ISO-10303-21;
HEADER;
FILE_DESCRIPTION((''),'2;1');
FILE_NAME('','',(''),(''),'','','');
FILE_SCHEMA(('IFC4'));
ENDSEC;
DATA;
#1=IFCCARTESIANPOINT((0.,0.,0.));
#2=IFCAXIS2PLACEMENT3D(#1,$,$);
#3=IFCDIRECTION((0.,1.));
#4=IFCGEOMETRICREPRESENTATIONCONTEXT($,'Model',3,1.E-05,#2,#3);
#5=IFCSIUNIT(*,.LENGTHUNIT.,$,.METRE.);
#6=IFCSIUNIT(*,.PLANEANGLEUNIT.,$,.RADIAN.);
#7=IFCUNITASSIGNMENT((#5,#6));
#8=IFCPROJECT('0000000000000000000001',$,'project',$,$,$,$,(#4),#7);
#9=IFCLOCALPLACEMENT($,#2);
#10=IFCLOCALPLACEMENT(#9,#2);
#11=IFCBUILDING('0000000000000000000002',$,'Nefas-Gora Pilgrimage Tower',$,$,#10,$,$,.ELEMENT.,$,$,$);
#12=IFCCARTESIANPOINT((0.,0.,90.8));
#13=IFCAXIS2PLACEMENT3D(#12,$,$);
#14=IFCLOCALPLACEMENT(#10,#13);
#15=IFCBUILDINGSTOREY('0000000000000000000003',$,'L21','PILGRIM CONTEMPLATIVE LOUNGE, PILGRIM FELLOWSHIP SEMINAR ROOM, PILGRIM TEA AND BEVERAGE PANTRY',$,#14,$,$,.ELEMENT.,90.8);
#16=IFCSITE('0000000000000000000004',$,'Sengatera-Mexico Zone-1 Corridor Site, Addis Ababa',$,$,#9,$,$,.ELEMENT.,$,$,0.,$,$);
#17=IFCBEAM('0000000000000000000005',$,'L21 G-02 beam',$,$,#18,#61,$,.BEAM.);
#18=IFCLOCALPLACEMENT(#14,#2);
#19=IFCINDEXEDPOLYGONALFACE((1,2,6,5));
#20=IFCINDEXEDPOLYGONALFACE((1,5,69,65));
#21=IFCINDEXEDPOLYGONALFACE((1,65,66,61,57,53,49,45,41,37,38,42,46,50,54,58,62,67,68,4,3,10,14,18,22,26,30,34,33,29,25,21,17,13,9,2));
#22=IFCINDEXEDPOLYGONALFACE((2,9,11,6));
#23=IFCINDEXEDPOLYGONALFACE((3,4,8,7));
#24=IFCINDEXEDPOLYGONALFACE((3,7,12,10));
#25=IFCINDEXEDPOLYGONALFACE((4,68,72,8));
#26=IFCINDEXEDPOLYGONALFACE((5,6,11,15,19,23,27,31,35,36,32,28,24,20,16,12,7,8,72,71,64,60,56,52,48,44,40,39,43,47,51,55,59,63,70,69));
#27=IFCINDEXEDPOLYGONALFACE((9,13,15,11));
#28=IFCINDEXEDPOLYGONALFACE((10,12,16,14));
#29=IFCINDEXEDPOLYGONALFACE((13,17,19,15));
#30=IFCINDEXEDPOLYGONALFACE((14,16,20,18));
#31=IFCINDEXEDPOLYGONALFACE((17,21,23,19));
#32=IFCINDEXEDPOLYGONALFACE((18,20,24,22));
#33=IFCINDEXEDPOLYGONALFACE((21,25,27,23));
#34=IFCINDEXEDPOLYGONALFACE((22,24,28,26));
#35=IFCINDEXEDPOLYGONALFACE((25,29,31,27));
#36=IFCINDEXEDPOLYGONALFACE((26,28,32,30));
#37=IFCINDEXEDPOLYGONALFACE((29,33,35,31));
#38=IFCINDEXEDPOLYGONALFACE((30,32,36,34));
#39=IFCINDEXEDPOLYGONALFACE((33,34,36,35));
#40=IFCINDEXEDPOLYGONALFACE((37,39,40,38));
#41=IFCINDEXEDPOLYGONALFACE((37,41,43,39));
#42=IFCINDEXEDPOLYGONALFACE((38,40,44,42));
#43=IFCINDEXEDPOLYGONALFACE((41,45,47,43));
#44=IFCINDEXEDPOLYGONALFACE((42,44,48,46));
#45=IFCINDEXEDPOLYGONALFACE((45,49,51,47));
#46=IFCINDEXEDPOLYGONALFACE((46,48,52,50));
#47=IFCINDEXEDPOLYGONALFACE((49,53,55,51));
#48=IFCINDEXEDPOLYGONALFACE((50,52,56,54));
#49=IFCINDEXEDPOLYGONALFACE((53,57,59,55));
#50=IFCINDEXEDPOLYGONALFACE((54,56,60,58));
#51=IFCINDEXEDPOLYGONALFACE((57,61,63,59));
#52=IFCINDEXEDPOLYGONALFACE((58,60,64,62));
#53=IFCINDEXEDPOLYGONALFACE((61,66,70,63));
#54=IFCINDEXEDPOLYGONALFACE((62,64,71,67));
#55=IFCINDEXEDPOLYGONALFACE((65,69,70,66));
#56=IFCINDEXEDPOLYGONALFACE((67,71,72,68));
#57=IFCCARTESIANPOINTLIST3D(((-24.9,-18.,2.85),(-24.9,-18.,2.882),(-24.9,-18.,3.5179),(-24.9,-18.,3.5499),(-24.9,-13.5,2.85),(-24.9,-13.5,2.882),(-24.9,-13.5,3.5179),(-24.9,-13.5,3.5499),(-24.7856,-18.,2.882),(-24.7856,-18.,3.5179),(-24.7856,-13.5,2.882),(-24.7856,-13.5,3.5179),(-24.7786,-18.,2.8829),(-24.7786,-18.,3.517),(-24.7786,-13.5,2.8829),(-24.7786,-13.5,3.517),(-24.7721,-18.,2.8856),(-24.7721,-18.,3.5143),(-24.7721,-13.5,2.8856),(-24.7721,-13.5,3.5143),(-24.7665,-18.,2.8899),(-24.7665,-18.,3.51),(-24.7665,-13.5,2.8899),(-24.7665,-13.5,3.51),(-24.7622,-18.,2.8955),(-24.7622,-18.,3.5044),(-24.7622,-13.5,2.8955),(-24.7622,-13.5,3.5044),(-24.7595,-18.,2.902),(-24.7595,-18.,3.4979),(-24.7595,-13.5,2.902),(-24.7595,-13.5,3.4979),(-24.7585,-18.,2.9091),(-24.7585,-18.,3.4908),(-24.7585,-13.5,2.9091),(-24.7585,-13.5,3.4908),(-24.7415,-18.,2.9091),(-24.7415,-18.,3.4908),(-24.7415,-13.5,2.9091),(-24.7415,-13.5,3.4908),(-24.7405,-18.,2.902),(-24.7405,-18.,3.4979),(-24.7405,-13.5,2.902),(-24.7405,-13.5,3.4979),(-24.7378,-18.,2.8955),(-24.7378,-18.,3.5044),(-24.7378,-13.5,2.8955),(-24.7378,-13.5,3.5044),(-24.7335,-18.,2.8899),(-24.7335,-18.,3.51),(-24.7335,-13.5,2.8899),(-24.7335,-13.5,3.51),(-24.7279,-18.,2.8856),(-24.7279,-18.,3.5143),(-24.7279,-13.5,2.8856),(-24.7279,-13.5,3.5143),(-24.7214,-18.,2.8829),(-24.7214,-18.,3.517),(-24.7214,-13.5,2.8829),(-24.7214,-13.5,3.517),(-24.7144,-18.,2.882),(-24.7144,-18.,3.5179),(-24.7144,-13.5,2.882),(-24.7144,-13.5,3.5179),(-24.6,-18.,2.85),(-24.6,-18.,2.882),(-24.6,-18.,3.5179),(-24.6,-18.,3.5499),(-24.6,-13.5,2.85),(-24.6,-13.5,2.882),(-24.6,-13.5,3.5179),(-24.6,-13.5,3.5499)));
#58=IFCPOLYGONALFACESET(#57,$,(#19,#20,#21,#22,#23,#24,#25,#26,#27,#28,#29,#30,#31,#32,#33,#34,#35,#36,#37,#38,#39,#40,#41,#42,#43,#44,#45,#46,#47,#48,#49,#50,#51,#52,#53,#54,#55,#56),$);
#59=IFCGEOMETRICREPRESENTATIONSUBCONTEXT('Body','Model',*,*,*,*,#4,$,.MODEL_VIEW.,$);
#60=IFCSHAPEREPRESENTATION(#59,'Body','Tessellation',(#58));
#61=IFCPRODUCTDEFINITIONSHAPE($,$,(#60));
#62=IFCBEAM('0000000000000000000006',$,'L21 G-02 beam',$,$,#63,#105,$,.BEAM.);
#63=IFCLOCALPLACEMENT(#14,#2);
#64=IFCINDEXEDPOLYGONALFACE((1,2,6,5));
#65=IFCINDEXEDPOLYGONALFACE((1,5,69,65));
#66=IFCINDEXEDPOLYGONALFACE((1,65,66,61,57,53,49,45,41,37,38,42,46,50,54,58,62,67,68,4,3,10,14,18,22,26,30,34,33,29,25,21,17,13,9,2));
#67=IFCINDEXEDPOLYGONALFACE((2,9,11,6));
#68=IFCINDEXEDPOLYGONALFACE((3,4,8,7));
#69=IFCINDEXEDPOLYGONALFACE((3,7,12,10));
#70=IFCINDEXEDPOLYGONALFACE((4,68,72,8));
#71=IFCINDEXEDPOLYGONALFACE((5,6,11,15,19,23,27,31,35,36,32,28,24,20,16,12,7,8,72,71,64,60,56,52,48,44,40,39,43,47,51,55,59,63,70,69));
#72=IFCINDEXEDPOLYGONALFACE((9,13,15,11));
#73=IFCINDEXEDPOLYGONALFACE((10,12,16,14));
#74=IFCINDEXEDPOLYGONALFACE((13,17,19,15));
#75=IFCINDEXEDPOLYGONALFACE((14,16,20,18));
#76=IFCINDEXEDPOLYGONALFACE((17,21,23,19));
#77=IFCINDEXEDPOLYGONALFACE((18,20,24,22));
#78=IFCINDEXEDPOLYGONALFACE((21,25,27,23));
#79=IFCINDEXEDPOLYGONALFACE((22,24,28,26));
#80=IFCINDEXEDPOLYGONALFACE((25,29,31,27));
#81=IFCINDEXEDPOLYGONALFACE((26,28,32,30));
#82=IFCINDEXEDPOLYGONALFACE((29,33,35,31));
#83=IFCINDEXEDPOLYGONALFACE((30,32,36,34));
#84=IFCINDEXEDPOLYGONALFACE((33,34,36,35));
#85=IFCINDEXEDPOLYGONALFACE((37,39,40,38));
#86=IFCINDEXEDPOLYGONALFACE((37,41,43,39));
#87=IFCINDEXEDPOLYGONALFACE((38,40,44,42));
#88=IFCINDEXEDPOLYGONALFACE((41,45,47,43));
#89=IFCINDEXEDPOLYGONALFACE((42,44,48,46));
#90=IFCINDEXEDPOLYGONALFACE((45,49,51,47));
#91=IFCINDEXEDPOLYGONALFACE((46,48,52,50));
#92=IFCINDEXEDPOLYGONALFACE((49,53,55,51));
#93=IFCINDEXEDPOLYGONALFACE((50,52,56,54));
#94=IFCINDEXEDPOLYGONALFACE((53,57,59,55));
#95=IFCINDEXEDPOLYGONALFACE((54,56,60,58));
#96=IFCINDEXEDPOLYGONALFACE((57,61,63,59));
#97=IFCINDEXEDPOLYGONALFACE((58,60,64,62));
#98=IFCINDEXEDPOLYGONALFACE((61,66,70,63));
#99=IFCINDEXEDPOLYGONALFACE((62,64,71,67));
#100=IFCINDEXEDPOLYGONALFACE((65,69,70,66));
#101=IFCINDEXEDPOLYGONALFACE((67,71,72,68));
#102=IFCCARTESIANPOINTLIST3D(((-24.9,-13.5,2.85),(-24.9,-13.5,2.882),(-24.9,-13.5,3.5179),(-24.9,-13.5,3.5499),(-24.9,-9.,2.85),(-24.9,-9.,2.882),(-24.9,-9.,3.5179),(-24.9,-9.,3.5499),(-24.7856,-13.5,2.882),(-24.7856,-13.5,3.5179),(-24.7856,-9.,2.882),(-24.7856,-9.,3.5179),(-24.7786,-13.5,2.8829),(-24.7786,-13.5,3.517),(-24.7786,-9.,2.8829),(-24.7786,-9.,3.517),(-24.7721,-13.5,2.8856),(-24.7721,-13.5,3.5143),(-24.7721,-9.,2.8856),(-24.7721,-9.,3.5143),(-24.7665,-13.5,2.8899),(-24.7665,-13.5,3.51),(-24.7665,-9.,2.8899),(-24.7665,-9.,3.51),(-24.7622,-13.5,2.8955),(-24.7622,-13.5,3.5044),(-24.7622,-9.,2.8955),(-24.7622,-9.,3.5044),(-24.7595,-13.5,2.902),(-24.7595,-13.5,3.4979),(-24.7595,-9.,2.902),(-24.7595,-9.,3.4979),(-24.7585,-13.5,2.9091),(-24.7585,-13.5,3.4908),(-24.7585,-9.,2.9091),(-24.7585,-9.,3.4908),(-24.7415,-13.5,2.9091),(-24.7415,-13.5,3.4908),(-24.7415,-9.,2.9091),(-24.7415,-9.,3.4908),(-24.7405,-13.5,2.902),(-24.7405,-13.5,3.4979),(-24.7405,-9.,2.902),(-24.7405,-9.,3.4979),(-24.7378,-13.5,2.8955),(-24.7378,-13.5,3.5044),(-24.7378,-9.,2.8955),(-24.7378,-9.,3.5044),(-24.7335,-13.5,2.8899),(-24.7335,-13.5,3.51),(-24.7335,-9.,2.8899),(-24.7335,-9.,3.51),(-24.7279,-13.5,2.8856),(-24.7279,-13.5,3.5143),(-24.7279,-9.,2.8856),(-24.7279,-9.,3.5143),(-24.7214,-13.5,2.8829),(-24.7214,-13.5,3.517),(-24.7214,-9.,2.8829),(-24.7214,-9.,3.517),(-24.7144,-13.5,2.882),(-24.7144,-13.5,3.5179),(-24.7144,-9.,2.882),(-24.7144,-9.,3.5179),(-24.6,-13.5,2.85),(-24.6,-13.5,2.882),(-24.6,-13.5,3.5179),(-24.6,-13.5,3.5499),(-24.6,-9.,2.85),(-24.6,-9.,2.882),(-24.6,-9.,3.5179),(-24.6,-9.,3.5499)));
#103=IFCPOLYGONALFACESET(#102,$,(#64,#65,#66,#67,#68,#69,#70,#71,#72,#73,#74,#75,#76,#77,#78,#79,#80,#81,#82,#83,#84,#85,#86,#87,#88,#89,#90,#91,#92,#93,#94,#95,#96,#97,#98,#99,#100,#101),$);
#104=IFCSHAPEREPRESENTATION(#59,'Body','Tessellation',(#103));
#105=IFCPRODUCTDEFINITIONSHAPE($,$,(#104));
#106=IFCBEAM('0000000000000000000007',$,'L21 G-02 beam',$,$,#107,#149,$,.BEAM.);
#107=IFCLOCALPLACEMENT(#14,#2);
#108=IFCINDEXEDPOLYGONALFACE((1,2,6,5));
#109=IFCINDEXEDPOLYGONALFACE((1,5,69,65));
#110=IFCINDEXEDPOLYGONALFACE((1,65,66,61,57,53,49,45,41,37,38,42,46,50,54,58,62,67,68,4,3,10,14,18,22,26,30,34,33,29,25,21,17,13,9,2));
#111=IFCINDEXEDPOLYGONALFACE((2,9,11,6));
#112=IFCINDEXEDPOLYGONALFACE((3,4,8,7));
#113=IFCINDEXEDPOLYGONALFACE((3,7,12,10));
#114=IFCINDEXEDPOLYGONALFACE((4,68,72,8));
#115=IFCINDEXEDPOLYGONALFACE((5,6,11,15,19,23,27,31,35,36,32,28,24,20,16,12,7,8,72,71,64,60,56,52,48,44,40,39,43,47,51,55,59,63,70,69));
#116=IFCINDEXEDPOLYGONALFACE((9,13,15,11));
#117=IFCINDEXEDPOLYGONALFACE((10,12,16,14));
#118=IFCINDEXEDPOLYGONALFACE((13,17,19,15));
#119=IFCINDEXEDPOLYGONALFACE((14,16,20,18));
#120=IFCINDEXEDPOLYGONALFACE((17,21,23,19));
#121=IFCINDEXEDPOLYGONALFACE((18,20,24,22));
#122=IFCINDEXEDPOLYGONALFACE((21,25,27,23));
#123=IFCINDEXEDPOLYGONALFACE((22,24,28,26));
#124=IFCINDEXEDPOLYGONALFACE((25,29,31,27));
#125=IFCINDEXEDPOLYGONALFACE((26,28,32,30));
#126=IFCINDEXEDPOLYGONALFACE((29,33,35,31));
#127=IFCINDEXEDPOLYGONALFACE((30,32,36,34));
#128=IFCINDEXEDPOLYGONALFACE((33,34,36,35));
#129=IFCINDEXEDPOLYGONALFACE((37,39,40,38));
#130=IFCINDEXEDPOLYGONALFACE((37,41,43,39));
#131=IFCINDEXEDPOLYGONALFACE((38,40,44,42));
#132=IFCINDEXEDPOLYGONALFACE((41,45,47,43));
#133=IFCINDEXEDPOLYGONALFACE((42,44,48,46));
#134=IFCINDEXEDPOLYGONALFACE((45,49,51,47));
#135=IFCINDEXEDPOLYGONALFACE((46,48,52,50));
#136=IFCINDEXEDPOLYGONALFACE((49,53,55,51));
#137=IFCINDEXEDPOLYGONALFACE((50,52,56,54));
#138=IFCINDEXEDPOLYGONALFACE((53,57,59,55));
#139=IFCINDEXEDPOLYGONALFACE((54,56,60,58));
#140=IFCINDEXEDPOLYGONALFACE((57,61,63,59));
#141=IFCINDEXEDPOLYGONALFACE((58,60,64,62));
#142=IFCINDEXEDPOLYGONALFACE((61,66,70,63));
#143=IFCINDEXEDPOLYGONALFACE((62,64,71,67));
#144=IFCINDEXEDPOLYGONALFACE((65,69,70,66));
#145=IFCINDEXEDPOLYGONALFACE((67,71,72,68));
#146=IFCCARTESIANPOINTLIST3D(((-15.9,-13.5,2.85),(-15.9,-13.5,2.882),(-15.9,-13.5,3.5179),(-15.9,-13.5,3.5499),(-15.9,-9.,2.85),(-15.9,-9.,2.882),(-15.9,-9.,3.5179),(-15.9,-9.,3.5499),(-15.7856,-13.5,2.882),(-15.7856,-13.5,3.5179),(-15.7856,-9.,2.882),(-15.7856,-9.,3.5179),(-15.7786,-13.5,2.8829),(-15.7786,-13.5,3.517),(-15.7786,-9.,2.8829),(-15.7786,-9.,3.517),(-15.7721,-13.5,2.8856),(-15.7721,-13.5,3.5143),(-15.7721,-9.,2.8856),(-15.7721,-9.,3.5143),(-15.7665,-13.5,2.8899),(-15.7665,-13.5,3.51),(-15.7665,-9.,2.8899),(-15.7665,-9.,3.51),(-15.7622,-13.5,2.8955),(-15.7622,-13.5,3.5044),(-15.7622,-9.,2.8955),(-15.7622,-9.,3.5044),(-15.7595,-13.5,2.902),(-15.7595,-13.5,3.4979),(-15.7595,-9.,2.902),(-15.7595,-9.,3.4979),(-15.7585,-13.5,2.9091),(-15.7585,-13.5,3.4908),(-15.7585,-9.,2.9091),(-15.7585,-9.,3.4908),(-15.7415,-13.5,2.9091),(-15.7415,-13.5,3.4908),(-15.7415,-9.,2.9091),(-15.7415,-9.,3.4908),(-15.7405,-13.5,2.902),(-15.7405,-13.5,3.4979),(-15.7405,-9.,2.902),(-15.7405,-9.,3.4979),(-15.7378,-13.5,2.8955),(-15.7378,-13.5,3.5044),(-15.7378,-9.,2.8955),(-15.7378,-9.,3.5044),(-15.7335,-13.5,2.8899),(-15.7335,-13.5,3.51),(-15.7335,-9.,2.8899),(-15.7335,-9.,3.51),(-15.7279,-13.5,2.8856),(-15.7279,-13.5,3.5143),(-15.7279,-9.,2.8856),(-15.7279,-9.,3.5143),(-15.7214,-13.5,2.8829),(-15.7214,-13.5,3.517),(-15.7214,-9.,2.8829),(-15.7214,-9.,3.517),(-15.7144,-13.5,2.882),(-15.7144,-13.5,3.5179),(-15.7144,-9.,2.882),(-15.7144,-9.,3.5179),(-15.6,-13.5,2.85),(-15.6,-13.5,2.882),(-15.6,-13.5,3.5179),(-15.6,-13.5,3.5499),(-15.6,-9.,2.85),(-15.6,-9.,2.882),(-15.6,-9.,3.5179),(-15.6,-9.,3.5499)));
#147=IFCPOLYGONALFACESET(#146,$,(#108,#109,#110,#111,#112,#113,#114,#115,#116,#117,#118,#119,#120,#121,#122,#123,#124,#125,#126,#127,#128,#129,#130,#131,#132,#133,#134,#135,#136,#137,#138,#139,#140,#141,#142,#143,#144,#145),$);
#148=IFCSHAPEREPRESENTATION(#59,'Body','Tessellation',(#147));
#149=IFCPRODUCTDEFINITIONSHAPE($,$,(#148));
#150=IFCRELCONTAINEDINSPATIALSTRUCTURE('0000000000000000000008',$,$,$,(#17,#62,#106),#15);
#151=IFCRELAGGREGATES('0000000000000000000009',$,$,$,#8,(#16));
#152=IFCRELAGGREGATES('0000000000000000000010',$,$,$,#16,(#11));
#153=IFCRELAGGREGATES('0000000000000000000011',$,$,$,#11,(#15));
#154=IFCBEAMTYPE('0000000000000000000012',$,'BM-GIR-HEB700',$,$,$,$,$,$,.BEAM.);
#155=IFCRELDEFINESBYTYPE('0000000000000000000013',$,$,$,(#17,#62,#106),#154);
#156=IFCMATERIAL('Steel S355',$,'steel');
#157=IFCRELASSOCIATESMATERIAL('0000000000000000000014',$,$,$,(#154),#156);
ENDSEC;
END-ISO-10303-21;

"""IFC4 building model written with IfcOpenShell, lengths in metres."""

from ifc_helpers import new_model, si_unit, direction, frame, origin, origin_2d, place, context, subcontext, project, spatial, i_section, extrude, source, transform, mapped, material, material_profile, profile_set, type_object, element, save


model = new_model("IFC4")

# Units and contexts
model_context = context("Model", 3, precision=1e-05, world=origin(), true_north=direction((0.0, 1.0)))
body_context = subcontext(model_context, "Body", "Model", "MODEL_VIEW")
ifc_project = project(units=[si_unit("LENGTHUNIT", "METRE"), si_unit("PLANEANGLEUNIT", "RADIAN")], contexts=[model_context])

# Site, building, storey
site_placement = place(None, origin())
site = spatial("IfcSite", under=ifc_project, at=site_placement, Name="Sengatera-Mexico Zone-1 Corridor Site, Addis Ababa", CompositionType="ELEMENT", RefElevation=0.0)
building_placement = place(site_placement, origin())
building = spatial("IfcBuilding", under=site, at=building_placement, Name="Nefas-Gora Pilgrimage Tower", CompositionType="ELEMENT")
storey_placement = place(building_placement, frame((0.0, 0.0, 90.8)))
storey = spatial("IfcBuildingStorey", under=building, at=storey_placement, Name="L21", Description="PILGRIM CONTEMPLATIVE LOUNGE, PILGRIM FELLOWSHIP SEMINAR ROOM, PILGRIM TEA AND BEVERAGE PANTRY", CompositionType="ELEMENT", Elevation=90.8)

# Beams
ifc_material_1 = material(Name="Steel S355", Category="steel")
ifc_material_profile_1 = material_profile(ifc_material_1, i_section(OverallWidth=0.3, OverallDepth=0.7, WebThickness=0.0171, FlangeThickness=0.032, FilletRadius=0.0271, at=origin_2d()), Name="HEB 700")
ifc_profile_set_1 = profile_set([ifc_material_profile_1], Name="Steel S355")
beam_type_1 = type_object("IfcBeamType", Name="BM-GIR-HEB700", PredefinedType="BEAM", material=ifc_profile_set_1)
shared_shape_1 = source(origin(), body_context, "Body", "SweptSolid", [
    extrude(i_section(OverallWidth=0.3, OverallDepth=0.7, WebThickness=0.0171, FlangeThickness=0.032, FilletRadius=0.0271, at=origin_2d()), origin(), (0.0, 0.0, 1.0), 4.5),
])
for number, where, z_axis, x_axis, name in (
    (1, (-24.75, -18.0, 3.2), (0.0, 1.0, 0.0), (-1.0, 0.0, 0.0), "L21 G-02 beam"),
    (2, (-24.75, -13.5, 3.2), (0.0, 1.0, 0.0), (-1.0, 0.0, 0.0), "L21 G-02 beam"),
    (3, (-15.75, -13.5, 3.2), (0.0, 1.0, 0.0), (-1.0, 0.0, 0.0), "L21 G-02 beam"),
):
    element("IfcBeam", number, at=place(storey_placement, frame(where, z_axis=z_axis, x_axis=x_axis)), inside=storey, type_object=beam_type_1, Name=name, PredefinedType="BEAM", context=body_context, shape_type="MappedRepresentation", body=[
        mapped(shared_shape_1, transform((0.0, 0.0, 0.0), x_axis=(1.0, 0.0, 0.0), y_axis=(0.0, 1.0, 0.0), z_axis=(0.0, 0.0, 1.0), scale=1.0)),
    ])

save(model, "model.ifc")
